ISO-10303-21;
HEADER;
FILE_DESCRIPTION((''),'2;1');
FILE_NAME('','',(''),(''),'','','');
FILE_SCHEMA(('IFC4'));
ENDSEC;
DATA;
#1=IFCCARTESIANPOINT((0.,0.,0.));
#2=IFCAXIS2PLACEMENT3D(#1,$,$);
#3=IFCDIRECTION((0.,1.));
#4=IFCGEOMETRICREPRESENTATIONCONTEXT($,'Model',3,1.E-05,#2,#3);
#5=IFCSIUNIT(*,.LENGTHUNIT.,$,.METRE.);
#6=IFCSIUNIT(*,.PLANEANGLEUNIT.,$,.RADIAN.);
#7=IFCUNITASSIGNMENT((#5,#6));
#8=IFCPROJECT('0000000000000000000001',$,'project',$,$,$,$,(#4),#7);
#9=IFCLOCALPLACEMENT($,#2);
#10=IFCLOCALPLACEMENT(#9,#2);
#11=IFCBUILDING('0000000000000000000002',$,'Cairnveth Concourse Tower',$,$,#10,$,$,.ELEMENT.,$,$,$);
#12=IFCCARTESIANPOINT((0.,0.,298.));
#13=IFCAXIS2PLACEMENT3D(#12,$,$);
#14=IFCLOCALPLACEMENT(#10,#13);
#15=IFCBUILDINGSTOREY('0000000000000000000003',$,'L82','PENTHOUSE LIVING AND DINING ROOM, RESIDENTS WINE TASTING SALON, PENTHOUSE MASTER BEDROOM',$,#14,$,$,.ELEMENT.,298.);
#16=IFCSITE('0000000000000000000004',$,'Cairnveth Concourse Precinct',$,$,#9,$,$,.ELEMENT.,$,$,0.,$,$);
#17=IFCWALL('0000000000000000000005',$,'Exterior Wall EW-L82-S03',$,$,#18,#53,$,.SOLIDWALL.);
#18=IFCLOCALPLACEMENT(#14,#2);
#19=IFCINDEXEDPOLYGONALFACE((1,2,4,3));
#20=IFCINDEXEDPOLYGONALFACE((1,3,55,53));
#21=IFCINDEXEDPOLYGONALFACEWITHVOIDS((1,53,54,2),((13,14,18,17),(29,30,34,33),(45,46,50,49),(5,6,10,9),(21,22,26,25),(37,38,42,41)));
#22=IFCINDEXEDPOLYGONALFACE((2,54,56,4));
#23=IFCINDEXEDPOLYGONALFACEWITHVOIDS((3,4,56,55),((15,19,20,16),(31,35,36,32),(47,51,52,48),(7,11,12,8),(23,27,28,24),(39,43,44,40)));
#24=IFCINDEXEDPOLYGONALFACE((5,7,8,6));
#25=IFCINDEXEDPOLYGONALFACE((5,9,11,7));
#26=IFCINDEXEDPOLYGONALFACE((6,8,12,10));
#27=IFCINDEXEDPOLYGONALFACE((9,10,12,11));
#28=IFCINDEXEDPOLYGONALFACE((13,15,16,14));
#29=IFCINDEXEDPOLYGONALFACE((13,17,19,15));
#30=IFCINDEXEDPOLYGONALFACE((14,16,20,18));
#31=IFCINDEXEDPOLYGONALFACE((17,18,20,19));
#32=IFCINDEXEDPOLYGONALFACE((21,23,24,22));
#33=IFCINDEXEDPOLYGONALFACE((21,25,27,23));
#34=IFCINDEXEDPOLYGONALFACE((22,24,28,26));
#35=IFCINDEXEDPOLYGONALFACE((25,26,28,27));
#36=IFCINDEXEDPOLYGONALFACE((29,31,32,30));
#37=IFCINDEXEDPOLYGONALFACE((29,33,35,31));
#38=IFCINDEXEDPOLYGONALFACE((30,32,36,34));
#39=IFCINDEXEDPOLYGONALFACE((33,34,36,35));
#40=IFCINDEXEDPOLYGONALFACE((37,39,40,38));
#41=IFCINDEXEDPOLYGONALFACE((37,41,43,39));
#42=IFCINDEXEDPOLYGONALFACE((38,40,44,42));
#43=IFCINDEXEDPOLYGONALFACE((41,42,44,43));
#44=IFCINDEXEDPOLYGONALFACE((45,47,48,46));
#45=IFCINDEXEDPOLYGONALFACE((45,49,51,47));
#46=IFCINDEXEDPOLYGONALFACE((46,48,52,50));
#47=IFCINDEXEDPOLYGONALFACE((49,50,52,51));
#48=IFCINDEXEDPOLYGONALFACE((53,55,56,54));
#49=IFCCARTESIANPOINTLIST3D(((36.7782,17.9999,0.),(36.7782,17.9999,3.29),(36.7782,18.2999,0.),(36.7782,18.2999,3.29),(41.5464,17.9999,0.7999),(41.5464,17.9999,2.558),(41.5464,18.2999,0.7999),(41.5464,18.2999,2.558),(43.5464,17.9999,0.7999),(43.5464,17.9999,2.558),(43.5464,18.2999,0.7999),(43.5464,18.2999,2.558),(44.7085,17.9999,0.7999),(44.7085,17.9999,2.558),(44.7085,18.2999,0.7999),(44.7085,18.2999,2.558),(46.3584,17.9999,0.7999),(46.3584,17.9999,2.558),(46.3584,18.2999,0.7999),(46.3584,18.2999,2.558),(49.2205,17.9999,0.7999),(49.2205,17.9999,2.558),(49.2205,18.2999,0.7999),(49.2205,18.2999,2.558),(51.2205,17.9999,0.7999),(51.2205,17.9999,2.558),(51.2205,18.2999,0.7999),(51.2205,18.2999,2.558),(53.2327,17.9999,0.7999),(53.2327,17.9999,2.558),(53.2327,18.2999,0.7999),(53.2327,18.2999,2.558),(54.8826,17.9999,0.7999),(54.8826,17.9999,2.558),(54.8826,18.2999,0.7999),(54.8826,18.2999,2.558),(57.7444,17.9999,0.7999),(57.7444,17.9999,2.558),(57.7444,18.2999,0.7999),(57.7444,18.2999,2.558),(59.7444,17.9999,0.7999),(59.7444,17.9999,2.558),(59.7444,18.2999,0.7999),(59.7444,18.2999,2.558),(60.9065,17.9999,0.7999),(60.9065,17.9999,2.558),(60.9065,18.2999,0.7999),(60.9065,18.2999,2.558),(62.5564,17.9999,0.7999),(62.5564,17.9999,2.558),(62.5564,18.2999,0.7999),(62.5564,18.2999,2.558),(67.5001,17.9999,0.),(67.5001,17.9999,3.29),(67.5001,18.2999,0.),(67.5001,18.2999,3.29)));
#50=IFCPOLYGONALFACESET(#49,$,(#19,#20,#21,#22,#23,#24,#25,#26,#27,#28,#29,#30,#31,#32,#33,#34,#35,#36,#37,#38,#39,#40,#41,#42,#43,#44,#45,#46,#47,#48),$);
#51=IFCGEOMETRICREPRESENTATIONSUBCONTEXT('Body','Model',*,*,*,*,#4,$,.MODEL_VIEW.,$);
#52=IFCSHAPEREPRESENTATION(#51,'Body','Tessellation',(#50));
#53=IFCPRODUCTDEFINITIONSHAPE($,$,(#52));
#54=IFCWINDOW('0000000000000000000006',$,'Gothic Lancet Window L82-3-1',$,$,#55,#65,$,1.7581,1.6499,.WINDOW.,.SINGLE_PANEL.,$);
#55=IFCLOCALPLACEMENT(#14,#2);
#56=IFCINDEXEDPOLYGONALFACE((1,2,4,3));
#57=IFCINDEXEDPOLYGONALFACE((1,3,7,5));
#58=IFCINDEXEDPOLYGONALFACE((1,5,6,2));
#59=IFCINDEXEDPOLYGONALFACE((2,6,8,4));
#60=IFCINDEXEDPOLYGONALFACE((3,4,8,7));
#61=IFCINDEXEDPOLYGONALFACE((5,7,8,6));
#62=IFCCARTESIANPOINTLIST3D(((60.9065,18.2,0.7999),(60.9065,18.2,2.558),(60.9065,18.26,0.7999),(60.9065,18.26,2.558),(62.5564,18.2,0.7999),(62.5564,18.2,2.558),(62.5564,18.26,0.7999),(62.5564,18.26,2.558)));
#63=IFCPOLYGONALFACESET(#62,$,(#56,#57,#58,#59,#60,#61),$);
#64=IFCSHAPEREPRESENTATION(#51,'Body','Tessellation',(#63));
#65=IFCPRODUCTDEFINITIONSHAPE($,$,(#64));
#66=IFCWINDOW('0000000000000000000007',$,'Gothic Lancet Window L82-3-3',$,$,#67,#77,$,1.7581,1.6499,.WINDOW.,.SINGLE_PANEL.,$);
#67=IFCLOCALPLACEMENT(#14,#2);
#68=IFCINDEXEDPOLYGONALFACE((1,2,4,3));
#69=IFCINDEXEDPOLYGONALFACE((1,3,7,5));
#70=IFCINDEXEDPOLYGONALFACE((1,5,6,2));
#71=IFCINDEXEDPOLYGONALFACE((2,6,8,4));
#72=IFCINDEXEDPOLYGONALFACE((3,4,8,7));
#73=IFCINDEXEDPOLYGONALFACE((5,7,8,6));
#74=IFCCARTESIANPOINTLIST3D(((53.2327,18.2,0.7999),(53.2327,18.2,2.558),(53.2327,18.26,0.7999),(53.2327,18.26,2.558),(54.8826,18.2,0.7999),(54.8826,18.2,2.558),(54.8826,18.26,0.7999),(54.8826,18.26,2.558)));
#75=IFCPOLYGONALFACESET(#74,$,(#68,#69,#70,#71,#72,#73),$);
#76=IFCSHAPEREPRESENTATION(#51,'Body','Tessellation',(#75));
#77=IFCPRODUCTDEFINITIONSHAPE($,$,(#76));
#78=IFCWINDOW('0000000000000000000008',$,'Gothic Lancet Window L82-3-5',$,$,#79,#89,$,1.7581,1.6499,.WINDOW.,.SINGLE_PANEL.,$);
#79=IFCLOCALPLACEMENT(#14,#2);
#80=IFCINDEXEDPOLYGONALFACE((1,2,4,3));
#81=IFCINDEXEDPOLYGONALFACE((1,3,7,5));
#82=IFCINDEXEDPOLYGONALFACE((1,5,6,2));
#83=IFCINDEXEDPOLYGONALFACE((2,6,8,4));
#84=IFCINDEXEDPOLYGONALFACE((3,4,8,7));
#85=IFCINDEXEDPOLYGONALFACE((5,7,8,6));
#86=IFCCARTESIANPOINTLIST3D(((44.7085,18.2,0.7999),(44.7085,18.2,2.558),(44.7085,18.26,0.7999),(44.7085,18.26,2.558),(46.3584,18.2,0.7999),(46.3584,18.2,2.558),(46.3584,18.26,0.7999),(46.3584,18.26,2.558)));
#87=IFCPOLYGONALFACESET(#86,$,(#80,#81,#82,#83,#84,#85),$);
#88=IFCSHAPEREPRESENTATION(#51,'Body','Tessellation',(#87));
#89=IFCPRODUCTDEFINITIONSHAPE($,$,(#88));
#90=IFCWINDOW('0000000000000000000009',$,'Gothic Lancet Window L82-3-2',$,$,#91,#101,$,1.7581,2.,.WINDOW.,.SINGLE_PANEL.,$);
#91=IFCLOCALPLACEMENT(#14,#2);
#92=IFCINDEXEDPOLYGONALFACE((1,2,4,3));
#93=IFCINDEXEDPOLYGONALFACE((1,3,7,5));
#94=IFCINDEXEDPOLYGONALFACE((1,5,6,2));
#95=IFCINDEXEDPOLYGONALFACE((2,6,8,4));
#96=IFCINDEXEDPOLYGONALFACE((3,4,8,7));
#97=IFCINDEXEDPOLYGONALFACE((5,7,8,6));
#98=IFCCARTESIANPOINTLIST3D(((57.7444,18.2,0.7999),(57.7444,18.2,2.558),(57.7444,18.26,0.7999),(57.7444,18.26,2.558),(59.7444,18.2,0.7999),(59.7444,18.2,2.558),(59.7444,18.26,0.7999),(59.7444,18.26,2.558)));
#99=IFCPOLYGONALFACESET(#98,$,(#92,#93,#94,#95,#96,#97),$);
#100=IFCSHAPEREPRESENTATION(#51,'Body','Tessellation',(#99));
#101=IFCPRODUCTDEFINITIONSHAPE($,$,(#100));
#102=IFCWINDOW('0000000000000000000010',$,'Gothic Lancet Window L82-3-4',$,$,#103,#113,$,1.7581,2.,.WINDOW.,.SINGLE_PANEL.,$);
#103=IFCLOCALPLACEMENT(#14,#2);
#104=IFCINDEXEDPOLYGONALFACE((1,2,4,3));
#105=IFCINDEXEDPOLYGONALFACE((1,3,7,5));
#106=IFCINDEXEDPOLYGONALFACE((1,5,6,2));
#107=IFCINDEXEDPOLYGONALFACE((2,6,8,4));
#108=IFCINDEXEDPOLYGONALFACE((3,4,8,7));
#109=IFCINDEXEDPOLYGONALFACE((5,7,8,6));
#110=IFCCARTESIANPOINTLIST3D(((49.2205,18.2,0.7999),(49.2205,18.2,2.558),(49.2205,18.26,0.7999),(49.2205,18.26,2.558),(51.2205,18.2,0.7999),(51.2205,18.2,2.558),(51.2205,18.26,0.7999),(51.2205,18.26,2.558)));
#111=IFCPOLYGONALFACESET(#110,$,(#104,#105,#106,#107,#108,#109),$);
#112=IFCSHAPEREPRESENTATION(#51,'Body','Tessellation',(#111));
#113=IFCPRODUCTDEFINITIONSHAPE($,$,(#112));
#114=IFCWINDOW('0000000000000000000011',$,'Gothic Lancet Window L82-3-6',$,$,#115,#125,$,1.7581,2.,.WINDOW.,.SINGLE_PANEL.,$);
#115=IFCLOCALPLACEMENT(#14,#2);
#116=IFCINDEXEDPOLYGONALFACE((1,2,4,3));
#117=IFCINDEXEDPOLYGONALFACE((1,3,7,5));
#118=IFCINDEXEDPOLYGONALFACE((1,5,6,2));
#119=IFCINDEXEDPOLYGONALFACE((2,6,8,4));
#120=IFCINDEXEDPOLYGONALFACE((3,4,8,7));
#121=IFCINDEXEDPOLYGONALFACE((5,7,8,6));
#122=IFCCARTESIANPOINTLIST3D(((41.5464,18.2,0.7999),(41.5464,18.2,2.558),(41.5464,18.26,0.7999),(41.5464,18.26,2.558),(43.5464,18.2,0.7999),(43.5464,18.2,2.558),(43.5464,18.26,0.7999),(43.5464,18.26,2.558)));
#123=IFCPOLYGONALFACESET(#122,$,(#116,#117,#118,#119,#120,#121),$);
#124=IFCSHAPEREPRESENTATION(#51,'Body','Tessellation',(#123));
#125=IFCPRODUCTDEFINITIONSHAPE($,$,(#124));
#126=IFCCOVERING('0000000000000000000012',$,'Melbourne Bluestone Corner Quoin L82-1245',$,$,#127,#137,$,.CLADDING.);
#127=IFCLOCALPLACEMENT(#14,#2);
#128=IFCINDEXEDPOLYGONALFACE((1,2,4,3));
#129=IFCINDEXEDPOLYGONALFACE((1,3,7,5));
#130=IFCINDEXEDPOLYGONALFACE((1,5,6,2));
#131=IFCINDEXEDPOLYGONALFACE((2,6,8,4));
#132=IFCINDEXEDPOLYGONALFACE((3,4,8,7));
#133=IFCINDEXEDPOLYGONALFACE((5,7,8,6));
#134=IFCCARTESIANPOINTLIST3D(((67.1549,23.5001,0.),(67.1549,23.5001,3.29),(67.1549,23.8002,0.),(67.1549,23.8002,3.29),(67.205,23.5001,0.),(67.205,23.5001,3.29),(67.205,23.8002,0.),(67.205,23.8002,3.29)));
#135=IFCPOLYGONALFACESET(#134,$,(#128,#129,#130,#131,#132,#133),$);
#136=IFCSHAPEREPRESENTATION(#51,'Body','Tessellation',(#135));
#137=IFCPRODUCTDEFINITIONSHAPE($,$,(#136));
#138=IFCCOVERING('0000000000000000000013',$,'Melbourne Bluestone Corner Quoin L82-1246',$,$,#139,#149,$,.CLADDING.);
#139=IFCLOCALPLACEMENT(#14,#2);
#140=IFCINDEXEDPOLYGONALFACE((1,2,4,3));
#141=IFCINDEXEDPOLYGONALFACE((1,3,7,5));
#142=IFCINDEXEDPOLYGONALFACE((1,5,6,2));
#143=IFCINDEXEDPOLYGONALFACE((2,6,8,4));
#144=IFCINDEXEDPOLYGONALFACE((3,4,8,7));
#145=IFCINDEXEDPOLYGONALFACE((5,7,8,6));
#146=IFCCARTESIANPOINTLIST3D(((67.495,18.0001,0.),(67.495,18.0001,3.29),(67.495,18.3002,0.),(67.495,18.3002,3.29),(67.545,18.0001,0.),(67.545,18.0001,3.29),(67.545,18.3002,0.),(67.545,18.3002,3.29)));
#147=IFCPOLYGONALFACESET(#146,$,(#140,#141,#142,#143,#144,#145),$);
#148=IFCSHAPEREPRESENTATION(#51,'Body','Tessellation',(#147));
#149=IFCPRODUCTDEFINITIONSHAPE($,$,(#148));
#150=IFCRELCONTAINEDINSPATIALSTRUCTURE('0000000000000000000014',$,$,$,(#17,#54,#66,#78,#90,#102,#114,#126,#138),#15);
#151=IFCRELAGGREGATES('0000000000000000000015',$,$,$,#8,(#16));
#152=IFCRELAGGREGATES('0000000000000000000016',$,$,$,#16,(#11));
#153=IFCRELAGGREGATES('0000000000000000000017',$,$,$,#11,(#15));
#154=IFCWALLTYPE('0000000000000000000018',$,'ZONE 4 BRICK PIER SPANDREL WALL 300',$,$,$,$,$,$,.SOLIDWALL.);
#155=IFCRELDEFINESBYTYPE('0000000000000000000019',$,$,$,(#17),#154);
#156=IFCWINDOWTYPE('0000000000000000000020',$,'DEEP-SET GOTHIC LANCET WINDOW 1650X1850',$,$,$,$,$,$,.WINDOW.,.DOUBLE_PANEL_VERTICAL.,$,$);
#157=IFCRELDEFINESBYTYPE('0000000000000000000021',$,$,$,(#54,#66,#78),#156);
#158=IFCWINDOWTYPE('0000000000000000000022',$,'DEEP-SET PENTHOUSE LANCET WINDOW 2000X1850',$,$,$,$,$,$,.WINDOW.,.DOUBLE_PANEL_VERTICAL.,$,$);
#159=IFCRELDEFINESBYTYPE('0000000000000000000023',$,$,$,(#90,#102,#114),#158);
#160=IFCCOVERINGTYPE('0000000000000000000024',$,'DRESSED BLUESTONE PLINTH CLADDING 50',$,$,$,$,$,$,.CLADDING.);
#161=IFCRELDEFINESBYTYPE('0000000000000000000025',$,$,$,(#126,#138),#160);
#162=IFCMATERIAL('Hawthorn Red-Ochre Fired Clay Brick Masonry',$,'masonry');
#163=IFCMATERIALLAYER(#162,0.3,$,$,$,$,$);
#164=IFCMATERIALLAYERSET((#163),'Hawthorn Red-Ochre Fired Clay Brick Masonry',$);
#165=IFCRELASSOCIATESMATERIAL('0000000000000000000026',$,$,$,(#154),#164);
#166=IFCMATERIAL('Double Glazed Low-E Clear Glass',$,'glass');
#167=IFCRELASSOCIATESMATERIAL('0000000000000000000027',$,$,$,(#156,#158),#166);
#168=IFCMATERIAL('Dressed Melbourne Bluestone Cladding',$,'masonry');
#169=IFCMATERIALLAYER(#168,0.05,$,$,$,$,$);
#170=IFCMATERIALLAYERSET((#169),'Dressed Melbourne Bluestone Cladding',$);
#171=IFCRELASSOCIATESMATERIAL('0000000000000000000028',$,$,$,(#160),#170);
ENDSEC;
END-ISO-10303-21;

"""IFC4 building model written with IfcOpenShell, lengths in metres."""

from ifc_helpers import new_model, si_unit, direction, frame, frame_2d, origin, place, context, subcontext, project, spatial, rectangle, extrude, material, layer, layer_set, type_object, element, fill, save


model = new_model("IFC4")

# Units and contexts
model_context = context("Model", 3, precision=1e-05, world=origin(), true_north=direction((0.0, 1.0)))
body_context = subcontext(model_context, "Body", "Model", "MODEL_VIEW")
ifc_project = project(units=[si_unit("LENGTHUNIT", "METRE"), si_unit("PLANEANGLEUNIT", "RADIAN")], contexts=[model_context])

# Site, building, storey
site_placement = place(None, origin())
site = spatial("IfcSite", under=ifc_project, at=site_placement, Name="Cairnveth Concourse Precinct", CompositionType="ELEMENT", RefElevation=0.0)
building_placement = place(site_placement, origin())
building = spatial("IfcBuilding", under=site, at=building_placement, Name="Cairnveth Concourse Tower", CompositionType="ELEMENT")
storey_placement = place(building_placement, frame((0.0, 0.0, 298.0)))
storey = spatial("IfcBuildingStorey", under=building, at=storey_placement, Name="L82", Description="PENTHOUSE LIVING AND DINING ROOM, RESIDENTS WINE TASTING SALON, PENTHOUSE MASTER BEDROOM", CompositionType="ELEMENT", Elevation=298.0)

# Shared definitions
ifc_material_1 = material(Name="Hawthorn Red-Ochre Fired Clay Brick Masonry", Category="masonry")
ifc_layer_1 = layer(ifc_material_1, 0.3)
ifc_layer_set_1 = layer_set([ifc_layer_1], Name="Hawthorn Red-Ochre Fired Clay Brick Masonry")
wall_type = type_object("IfcWallType", Name="ZONE 4 BRICK PIER SPANDREL WALL 300", PredefinedType="SOLIDWALL", material=ifc_layer_set_1)
ifc_material_2 = material(Name="Double Glazed Low-E Clear Glass", Category="glass")

# Wall, openings, windows
wall_1_placement = place(storey_placement, frame((67.5, 18.1499, 0.0), z_axis=(0.0, 0.0, 1.0), x_axis=(-1.0, 0.0, 0.0)))
wall_1 = element("IfcWall", 1, at=wall_1_placement, inside=storey, type_object=wall_type, Name="Exterior Wall EW-L82-S03", PredefinedType="SOLIDWALL", context=body_context, shape_type="SweptSolid", body=[
    extrude(rectangle(XDim=30.7219, YDim=0.3, at=frame_2d((15.3608, 0.0))), origin(), (0.0, 0.0, 1.0), 3.29),
])
opening_1_placement = place(wall_1_placement, frame((4.9436, 0.0, 0.8)))
opening_1 = element("IfcOpeningElement", 2, at=opening_1_placement, cuts=wall_1, PredefinedType="OPENING", context=body_context, shape_type="SweptSolid", body=[
    extrude(rectangle(XDim=1.6499, YDim=1.7581, at=frame_2d((0.825, 0.8789))), frame((0.0, 0.1599, 0.0), z_axis=(0.0, -1.0, 0.0), x_axis=(1.0, 0.0, 0.0)), (0.0, 0.0, 1.0), 0.3201),
])
opening_2_placement = place(wall_1_placement, frame((7.7556, 0.0, 0.8)))
opening_2 = element("IfcOpeningElement", 3, at=opening_2_placement, cuts=wall_1, PredefinedType="OPENING", context=body_context, shape_type="SweptSolid", body=[
    extrude(rectangle(XDim=2.0, YDim=1.7581, at=frame_2d((1.0, 0.8789))), frame((0.0, 0.1599, 0.0), z_axis=(0.0, -1.0, 0.0), x_axis=(1.0, 0.0, 0.0)), (0.0, 0.0, 1.0), 0.3201),
])
opening_3_placement = place(wall_1_placement, frame((12.6174, 0.0, 0.8)))
opening_3 = element("IfcOpeningElement", 4, at=opening_3_placement, cuts=wall_1, PredefinedType="OPENING", context=body_context, shape_type="SweptSolid", body=[
    extrude(rectangle(XDim=1.6499, YDim=1.7581, at=frame_2d((0.825, 0.8789))), frame((0.0, 0.1599, 0.0), z_axis=(0.0, -1.0, 0.0), x_axis=(1.0, 0.0, 0.0)), (0.0, 0.0, 1.0), 0.3201),
])
opening_4_placement = place(wall_1_placement, frame((16.2795, 0.0, 0.8)))
opening_4 = element("IfcOpeningElement", 5, at=opening_4_placement, cuts=wall_1, PredefinedType="OPENING", context=body_context, shape_type="SweptSolid", body=[
    extrude(rectangle(XDim=2.0, YDim=1.7581, at=frame_2d((1.0, 0.8789))), frame((0.0, 0.1599, 0.0), z_axis=(0.0, -1.0, 0.0), x_axis=(1.0, 0.0, 0.0)), (0.0, 0.0, 1.0), 0.3201),
])
opening_5_placement = place(wall_1_placement, frame((21.1416, 0.0, 0.8)))
opening_5 = element("IfcOpeningElement", 6, at=opening_5_placement, cuts=wall_1, PredefinedType="OPENING", context=body_context, shape_type="SweptSolid", body=[
    extrude(rectangle(XDim=1.6499, YDim=1.7581, at=frame_2d((0.825, 0.8789))), frame((0.0, 0.1599, 0.0), z_axis=(0.0, -1.0, 0.0), x_axis=(1.0, 0.0, 0.0)), (0.0, 0.0, 1.0), 0.3201),
])
opening_6_placement = place(wall_1_placement, frame((23.9536, 0.0, 0.8)))
opening_6 = element("IfcOpeningElement", 7, at=opening_6_placement, cuts=wall_1, PredefinedType="OPENING", context=body_context, shape_type="SweptSolid", body=[
    extrude(rectangle(XDim=2.0, YDim=1.7581, at=frame_2d((1.0, 0.8789))), frame((0.0, 0.1599, 0.0), z_axis=(0.0, -1.0, 0.0), x_axis=(1.0, 0.0, 0.0)), (0.0, 0.0, 1.0), 0.3201),
])
window_type_1 = type_object("IfcWindowType", Name="DEEP-SET GOTHIC LANCET WINDOW 1650X1850", PartitioningType="DOUBLE_PANEL_VERTICAL", PredefinedType="WINDOW", material=ifc_material_2)
window_1_placement = place(opening_1_placement, origin())
window_1 = element("IfcWindow", 8, at=window_1_placement, inside=storey, type_object=window_type_1, Name="Gothic Lancet Window L82-3-1", OverallHeight=1.7581, OverallWidth=1.6499, PartitioningType="SINGLE_PANEL", PredefinedType="WINDOW", context=body_context, shape_type="SweptSolid", body=[
    extrude(rectangle(XDim=1.6499, YDim=1.7581, at=frame_2d((0.825, 0.8789))), frame((0.0, -0.05, 0.0), z_axis=(0.0, -1.0, 0.0), x_axis=(1.0, 0.0, 0.0)), (0.0, 0.0, 1.0), 0.0601),
])
fill(opening_1, window_1)
window_2_placement = place(opening_3_placement, origin())
window_2 = element("IfcWindow", 9, at=window_2_placement, inside=storey, type_object=window_type_1, Name="Gothic Lancet Window L82-3-3", OverallHeight=1.7581, OverallWidth=1.6499, PartitioningType="SINGLE_PANEL", PredefinedType="WINDOW", context=body_context, shape_type="SweptSolid", body=[
    extrude(rectangle(XDim=1.6499, YDim=1.7581, at=frame_2d((0.825, 0.8789))), frame((0.0, -0.05, 0.0), z_axis=(0.0, -1.0, 0.0), x_axis=(1.0, 0.0, 0.0)), (0.0, 0.0, 1.0), 0.0601),
])
fill(opening_3, window_2)
window_3_placement = place(opening_5_placement, origin())
window_3 = element("IfcWindow", 10, at=window_3_placement, inside=storey, type_object=window_type_1, Name="Gothic Lancet Window L82-3-5", OverallHeight=1.7581, OverallWidth=1.6499, PartitioningType="SINGLE_PANEL", PredefinedType="WINDOW", context=body_context, shape_type="SweptSolid", body=[
    extrude(rectangle(XDim=1.6499, YDim=1.7581, at=frame_2d((0.825, 0.8789))), frame((0.0, -0.05, 0.0), z_axis=(0.0, -1.0, 0.0), x_axis=(1.0, 0.0, 0.0)), (0.0, 0.0, 1.0), 0.0601),
])
fill(opening_5, window_3)
window_type_2 = type_object("IfcWindowType", Name="DEEP-SET PENTHOUSE LANCET WINDOW 2000X1850", PartitioningType="DOUBLE_PANEL_VERTICAL", PredefinedType="WINDOW", material=ifc_material_2)
window_4_placement = place(opening_2_placement, origin())
window_4 = element("IfcWindow", 11, at=window_4_placement, inside=storey, type_object=window_type_2, Name="Gothic Lancet Window L82-3-2", OverallHeight=1.7581, OverallWidth=2.0, PartitioningType="SINGLE_PANEL", PredefinedType="WINDOW", context=body_context, shape_type="SweptSolid", body=[
    extrude(rectangle(XDim=2.0, YDim=1.7581, at=frame_2d((1.0, 0.8789))), frame((0.0, -0.05, 0.0), z_axis=(0.0, -1.0, 0.0), x_axis=(1.0, 0.0, 0.0)), (0.0, 0.0, 1.0), 0.0601),
])
fill(opening_2, window_4)
window_5_placement = place(opening_4_placement, origin())
window_5 = element("IfcWindow", 12, at=window_5_placement, inside=storey, type_object=window_type_2, Name="Gothic Lancet Window L82-3-4", OverallHeight=1.7581, OverallWidth=2.0, PartitioningType="SINGLE_PANEL", PredefinedType="WINDOW", context=body_context, shape_type="SweptSolid", body=[
    extrude(rectangle(XDim=2.0, YDim=1.7581, at=frame_2d((1.0, 0.8789))), frame((0.0, -0.05, 0.0), z_axis=(0.0, -1.0, 0.0), x_axis=(1.0, 0.0, 0.0)), (0.0, 0.0, 1.0), 0.0601),
])
fill(opening_4, window_5)
window_6_placement = place(opening_6_placement, origin())
window_6 = element("IfcWindow", 13, at=window_6_placement, inside=storey, type_object=window_type_2, Name="Gothic Lancet Window L82-3-6", OverallHeight=1.7581, OverallWidth=2.0, PartitioningType="SINGLE_PANEL", PredefinedType="WINDOW", context=body_context, shape_type="SweptSolid", body=[
    extrude(rectangle(XDim=2.0, YDim=1.7581, at=frame_2d((1.0, 0.8789))), frame((0.0, -0.05, 0.0), z_axis=(0.0, -1.0, 0.0), x_axis=(1.0, 0.0, 0.0)), (0.0, 0.0, 1.0), 0.0601),
])
fill(opening_6, window_6)

# Coverings
ifc_material_3 = material(Name="Dressed Melbourne Bluestone Cladding", Category="masonry")
ifc_layer_2 = layer(ifc_material_3, 0.05)
ifc_layer_set_2 = layer_set([ifc_layer_2], Name="Dressed Melbourne Bluestone Cladding")
covering_type = type_object("IfcCoveringType", Name="DRESSED BLUESTONE PLINTH CLADDING 50", PredefinedType="CLADDING", material=ifc_layer_set_2)
for number, where, z_axis, x_axis, name in (
    (14, (67.1799, 23.8, 0.0), (0.0, 0.0, 1.0), (0.0, -1.0, 0.0), "Melbourne Bluestone Corner Quoin L82-1245"),
    (15, (67.52, 18.3, 0.0), (0.0, 0.0, 1.0), (0.0, -1.0, 0.0), "Melbourne Bluestone Corner Quoin L82-1246"),
):
    element("IfcCovering", number, at=place(storey_placement, frame(where, z_axis=z_axis, x_axis=x_axis)), inside=storey, type_object=covering_type, Name=name, PredefinedType="CLADDING", context=body_context, shape_type="SweptSolid", body=[
        extrude(rectangle(XDim=0.3, YDim=0.05, at=frame_2d((0.1499, 0.0))), origin(), (0.0, 0.0, 1.0), 3.29),
    ])

save(model, "model.ifc")
